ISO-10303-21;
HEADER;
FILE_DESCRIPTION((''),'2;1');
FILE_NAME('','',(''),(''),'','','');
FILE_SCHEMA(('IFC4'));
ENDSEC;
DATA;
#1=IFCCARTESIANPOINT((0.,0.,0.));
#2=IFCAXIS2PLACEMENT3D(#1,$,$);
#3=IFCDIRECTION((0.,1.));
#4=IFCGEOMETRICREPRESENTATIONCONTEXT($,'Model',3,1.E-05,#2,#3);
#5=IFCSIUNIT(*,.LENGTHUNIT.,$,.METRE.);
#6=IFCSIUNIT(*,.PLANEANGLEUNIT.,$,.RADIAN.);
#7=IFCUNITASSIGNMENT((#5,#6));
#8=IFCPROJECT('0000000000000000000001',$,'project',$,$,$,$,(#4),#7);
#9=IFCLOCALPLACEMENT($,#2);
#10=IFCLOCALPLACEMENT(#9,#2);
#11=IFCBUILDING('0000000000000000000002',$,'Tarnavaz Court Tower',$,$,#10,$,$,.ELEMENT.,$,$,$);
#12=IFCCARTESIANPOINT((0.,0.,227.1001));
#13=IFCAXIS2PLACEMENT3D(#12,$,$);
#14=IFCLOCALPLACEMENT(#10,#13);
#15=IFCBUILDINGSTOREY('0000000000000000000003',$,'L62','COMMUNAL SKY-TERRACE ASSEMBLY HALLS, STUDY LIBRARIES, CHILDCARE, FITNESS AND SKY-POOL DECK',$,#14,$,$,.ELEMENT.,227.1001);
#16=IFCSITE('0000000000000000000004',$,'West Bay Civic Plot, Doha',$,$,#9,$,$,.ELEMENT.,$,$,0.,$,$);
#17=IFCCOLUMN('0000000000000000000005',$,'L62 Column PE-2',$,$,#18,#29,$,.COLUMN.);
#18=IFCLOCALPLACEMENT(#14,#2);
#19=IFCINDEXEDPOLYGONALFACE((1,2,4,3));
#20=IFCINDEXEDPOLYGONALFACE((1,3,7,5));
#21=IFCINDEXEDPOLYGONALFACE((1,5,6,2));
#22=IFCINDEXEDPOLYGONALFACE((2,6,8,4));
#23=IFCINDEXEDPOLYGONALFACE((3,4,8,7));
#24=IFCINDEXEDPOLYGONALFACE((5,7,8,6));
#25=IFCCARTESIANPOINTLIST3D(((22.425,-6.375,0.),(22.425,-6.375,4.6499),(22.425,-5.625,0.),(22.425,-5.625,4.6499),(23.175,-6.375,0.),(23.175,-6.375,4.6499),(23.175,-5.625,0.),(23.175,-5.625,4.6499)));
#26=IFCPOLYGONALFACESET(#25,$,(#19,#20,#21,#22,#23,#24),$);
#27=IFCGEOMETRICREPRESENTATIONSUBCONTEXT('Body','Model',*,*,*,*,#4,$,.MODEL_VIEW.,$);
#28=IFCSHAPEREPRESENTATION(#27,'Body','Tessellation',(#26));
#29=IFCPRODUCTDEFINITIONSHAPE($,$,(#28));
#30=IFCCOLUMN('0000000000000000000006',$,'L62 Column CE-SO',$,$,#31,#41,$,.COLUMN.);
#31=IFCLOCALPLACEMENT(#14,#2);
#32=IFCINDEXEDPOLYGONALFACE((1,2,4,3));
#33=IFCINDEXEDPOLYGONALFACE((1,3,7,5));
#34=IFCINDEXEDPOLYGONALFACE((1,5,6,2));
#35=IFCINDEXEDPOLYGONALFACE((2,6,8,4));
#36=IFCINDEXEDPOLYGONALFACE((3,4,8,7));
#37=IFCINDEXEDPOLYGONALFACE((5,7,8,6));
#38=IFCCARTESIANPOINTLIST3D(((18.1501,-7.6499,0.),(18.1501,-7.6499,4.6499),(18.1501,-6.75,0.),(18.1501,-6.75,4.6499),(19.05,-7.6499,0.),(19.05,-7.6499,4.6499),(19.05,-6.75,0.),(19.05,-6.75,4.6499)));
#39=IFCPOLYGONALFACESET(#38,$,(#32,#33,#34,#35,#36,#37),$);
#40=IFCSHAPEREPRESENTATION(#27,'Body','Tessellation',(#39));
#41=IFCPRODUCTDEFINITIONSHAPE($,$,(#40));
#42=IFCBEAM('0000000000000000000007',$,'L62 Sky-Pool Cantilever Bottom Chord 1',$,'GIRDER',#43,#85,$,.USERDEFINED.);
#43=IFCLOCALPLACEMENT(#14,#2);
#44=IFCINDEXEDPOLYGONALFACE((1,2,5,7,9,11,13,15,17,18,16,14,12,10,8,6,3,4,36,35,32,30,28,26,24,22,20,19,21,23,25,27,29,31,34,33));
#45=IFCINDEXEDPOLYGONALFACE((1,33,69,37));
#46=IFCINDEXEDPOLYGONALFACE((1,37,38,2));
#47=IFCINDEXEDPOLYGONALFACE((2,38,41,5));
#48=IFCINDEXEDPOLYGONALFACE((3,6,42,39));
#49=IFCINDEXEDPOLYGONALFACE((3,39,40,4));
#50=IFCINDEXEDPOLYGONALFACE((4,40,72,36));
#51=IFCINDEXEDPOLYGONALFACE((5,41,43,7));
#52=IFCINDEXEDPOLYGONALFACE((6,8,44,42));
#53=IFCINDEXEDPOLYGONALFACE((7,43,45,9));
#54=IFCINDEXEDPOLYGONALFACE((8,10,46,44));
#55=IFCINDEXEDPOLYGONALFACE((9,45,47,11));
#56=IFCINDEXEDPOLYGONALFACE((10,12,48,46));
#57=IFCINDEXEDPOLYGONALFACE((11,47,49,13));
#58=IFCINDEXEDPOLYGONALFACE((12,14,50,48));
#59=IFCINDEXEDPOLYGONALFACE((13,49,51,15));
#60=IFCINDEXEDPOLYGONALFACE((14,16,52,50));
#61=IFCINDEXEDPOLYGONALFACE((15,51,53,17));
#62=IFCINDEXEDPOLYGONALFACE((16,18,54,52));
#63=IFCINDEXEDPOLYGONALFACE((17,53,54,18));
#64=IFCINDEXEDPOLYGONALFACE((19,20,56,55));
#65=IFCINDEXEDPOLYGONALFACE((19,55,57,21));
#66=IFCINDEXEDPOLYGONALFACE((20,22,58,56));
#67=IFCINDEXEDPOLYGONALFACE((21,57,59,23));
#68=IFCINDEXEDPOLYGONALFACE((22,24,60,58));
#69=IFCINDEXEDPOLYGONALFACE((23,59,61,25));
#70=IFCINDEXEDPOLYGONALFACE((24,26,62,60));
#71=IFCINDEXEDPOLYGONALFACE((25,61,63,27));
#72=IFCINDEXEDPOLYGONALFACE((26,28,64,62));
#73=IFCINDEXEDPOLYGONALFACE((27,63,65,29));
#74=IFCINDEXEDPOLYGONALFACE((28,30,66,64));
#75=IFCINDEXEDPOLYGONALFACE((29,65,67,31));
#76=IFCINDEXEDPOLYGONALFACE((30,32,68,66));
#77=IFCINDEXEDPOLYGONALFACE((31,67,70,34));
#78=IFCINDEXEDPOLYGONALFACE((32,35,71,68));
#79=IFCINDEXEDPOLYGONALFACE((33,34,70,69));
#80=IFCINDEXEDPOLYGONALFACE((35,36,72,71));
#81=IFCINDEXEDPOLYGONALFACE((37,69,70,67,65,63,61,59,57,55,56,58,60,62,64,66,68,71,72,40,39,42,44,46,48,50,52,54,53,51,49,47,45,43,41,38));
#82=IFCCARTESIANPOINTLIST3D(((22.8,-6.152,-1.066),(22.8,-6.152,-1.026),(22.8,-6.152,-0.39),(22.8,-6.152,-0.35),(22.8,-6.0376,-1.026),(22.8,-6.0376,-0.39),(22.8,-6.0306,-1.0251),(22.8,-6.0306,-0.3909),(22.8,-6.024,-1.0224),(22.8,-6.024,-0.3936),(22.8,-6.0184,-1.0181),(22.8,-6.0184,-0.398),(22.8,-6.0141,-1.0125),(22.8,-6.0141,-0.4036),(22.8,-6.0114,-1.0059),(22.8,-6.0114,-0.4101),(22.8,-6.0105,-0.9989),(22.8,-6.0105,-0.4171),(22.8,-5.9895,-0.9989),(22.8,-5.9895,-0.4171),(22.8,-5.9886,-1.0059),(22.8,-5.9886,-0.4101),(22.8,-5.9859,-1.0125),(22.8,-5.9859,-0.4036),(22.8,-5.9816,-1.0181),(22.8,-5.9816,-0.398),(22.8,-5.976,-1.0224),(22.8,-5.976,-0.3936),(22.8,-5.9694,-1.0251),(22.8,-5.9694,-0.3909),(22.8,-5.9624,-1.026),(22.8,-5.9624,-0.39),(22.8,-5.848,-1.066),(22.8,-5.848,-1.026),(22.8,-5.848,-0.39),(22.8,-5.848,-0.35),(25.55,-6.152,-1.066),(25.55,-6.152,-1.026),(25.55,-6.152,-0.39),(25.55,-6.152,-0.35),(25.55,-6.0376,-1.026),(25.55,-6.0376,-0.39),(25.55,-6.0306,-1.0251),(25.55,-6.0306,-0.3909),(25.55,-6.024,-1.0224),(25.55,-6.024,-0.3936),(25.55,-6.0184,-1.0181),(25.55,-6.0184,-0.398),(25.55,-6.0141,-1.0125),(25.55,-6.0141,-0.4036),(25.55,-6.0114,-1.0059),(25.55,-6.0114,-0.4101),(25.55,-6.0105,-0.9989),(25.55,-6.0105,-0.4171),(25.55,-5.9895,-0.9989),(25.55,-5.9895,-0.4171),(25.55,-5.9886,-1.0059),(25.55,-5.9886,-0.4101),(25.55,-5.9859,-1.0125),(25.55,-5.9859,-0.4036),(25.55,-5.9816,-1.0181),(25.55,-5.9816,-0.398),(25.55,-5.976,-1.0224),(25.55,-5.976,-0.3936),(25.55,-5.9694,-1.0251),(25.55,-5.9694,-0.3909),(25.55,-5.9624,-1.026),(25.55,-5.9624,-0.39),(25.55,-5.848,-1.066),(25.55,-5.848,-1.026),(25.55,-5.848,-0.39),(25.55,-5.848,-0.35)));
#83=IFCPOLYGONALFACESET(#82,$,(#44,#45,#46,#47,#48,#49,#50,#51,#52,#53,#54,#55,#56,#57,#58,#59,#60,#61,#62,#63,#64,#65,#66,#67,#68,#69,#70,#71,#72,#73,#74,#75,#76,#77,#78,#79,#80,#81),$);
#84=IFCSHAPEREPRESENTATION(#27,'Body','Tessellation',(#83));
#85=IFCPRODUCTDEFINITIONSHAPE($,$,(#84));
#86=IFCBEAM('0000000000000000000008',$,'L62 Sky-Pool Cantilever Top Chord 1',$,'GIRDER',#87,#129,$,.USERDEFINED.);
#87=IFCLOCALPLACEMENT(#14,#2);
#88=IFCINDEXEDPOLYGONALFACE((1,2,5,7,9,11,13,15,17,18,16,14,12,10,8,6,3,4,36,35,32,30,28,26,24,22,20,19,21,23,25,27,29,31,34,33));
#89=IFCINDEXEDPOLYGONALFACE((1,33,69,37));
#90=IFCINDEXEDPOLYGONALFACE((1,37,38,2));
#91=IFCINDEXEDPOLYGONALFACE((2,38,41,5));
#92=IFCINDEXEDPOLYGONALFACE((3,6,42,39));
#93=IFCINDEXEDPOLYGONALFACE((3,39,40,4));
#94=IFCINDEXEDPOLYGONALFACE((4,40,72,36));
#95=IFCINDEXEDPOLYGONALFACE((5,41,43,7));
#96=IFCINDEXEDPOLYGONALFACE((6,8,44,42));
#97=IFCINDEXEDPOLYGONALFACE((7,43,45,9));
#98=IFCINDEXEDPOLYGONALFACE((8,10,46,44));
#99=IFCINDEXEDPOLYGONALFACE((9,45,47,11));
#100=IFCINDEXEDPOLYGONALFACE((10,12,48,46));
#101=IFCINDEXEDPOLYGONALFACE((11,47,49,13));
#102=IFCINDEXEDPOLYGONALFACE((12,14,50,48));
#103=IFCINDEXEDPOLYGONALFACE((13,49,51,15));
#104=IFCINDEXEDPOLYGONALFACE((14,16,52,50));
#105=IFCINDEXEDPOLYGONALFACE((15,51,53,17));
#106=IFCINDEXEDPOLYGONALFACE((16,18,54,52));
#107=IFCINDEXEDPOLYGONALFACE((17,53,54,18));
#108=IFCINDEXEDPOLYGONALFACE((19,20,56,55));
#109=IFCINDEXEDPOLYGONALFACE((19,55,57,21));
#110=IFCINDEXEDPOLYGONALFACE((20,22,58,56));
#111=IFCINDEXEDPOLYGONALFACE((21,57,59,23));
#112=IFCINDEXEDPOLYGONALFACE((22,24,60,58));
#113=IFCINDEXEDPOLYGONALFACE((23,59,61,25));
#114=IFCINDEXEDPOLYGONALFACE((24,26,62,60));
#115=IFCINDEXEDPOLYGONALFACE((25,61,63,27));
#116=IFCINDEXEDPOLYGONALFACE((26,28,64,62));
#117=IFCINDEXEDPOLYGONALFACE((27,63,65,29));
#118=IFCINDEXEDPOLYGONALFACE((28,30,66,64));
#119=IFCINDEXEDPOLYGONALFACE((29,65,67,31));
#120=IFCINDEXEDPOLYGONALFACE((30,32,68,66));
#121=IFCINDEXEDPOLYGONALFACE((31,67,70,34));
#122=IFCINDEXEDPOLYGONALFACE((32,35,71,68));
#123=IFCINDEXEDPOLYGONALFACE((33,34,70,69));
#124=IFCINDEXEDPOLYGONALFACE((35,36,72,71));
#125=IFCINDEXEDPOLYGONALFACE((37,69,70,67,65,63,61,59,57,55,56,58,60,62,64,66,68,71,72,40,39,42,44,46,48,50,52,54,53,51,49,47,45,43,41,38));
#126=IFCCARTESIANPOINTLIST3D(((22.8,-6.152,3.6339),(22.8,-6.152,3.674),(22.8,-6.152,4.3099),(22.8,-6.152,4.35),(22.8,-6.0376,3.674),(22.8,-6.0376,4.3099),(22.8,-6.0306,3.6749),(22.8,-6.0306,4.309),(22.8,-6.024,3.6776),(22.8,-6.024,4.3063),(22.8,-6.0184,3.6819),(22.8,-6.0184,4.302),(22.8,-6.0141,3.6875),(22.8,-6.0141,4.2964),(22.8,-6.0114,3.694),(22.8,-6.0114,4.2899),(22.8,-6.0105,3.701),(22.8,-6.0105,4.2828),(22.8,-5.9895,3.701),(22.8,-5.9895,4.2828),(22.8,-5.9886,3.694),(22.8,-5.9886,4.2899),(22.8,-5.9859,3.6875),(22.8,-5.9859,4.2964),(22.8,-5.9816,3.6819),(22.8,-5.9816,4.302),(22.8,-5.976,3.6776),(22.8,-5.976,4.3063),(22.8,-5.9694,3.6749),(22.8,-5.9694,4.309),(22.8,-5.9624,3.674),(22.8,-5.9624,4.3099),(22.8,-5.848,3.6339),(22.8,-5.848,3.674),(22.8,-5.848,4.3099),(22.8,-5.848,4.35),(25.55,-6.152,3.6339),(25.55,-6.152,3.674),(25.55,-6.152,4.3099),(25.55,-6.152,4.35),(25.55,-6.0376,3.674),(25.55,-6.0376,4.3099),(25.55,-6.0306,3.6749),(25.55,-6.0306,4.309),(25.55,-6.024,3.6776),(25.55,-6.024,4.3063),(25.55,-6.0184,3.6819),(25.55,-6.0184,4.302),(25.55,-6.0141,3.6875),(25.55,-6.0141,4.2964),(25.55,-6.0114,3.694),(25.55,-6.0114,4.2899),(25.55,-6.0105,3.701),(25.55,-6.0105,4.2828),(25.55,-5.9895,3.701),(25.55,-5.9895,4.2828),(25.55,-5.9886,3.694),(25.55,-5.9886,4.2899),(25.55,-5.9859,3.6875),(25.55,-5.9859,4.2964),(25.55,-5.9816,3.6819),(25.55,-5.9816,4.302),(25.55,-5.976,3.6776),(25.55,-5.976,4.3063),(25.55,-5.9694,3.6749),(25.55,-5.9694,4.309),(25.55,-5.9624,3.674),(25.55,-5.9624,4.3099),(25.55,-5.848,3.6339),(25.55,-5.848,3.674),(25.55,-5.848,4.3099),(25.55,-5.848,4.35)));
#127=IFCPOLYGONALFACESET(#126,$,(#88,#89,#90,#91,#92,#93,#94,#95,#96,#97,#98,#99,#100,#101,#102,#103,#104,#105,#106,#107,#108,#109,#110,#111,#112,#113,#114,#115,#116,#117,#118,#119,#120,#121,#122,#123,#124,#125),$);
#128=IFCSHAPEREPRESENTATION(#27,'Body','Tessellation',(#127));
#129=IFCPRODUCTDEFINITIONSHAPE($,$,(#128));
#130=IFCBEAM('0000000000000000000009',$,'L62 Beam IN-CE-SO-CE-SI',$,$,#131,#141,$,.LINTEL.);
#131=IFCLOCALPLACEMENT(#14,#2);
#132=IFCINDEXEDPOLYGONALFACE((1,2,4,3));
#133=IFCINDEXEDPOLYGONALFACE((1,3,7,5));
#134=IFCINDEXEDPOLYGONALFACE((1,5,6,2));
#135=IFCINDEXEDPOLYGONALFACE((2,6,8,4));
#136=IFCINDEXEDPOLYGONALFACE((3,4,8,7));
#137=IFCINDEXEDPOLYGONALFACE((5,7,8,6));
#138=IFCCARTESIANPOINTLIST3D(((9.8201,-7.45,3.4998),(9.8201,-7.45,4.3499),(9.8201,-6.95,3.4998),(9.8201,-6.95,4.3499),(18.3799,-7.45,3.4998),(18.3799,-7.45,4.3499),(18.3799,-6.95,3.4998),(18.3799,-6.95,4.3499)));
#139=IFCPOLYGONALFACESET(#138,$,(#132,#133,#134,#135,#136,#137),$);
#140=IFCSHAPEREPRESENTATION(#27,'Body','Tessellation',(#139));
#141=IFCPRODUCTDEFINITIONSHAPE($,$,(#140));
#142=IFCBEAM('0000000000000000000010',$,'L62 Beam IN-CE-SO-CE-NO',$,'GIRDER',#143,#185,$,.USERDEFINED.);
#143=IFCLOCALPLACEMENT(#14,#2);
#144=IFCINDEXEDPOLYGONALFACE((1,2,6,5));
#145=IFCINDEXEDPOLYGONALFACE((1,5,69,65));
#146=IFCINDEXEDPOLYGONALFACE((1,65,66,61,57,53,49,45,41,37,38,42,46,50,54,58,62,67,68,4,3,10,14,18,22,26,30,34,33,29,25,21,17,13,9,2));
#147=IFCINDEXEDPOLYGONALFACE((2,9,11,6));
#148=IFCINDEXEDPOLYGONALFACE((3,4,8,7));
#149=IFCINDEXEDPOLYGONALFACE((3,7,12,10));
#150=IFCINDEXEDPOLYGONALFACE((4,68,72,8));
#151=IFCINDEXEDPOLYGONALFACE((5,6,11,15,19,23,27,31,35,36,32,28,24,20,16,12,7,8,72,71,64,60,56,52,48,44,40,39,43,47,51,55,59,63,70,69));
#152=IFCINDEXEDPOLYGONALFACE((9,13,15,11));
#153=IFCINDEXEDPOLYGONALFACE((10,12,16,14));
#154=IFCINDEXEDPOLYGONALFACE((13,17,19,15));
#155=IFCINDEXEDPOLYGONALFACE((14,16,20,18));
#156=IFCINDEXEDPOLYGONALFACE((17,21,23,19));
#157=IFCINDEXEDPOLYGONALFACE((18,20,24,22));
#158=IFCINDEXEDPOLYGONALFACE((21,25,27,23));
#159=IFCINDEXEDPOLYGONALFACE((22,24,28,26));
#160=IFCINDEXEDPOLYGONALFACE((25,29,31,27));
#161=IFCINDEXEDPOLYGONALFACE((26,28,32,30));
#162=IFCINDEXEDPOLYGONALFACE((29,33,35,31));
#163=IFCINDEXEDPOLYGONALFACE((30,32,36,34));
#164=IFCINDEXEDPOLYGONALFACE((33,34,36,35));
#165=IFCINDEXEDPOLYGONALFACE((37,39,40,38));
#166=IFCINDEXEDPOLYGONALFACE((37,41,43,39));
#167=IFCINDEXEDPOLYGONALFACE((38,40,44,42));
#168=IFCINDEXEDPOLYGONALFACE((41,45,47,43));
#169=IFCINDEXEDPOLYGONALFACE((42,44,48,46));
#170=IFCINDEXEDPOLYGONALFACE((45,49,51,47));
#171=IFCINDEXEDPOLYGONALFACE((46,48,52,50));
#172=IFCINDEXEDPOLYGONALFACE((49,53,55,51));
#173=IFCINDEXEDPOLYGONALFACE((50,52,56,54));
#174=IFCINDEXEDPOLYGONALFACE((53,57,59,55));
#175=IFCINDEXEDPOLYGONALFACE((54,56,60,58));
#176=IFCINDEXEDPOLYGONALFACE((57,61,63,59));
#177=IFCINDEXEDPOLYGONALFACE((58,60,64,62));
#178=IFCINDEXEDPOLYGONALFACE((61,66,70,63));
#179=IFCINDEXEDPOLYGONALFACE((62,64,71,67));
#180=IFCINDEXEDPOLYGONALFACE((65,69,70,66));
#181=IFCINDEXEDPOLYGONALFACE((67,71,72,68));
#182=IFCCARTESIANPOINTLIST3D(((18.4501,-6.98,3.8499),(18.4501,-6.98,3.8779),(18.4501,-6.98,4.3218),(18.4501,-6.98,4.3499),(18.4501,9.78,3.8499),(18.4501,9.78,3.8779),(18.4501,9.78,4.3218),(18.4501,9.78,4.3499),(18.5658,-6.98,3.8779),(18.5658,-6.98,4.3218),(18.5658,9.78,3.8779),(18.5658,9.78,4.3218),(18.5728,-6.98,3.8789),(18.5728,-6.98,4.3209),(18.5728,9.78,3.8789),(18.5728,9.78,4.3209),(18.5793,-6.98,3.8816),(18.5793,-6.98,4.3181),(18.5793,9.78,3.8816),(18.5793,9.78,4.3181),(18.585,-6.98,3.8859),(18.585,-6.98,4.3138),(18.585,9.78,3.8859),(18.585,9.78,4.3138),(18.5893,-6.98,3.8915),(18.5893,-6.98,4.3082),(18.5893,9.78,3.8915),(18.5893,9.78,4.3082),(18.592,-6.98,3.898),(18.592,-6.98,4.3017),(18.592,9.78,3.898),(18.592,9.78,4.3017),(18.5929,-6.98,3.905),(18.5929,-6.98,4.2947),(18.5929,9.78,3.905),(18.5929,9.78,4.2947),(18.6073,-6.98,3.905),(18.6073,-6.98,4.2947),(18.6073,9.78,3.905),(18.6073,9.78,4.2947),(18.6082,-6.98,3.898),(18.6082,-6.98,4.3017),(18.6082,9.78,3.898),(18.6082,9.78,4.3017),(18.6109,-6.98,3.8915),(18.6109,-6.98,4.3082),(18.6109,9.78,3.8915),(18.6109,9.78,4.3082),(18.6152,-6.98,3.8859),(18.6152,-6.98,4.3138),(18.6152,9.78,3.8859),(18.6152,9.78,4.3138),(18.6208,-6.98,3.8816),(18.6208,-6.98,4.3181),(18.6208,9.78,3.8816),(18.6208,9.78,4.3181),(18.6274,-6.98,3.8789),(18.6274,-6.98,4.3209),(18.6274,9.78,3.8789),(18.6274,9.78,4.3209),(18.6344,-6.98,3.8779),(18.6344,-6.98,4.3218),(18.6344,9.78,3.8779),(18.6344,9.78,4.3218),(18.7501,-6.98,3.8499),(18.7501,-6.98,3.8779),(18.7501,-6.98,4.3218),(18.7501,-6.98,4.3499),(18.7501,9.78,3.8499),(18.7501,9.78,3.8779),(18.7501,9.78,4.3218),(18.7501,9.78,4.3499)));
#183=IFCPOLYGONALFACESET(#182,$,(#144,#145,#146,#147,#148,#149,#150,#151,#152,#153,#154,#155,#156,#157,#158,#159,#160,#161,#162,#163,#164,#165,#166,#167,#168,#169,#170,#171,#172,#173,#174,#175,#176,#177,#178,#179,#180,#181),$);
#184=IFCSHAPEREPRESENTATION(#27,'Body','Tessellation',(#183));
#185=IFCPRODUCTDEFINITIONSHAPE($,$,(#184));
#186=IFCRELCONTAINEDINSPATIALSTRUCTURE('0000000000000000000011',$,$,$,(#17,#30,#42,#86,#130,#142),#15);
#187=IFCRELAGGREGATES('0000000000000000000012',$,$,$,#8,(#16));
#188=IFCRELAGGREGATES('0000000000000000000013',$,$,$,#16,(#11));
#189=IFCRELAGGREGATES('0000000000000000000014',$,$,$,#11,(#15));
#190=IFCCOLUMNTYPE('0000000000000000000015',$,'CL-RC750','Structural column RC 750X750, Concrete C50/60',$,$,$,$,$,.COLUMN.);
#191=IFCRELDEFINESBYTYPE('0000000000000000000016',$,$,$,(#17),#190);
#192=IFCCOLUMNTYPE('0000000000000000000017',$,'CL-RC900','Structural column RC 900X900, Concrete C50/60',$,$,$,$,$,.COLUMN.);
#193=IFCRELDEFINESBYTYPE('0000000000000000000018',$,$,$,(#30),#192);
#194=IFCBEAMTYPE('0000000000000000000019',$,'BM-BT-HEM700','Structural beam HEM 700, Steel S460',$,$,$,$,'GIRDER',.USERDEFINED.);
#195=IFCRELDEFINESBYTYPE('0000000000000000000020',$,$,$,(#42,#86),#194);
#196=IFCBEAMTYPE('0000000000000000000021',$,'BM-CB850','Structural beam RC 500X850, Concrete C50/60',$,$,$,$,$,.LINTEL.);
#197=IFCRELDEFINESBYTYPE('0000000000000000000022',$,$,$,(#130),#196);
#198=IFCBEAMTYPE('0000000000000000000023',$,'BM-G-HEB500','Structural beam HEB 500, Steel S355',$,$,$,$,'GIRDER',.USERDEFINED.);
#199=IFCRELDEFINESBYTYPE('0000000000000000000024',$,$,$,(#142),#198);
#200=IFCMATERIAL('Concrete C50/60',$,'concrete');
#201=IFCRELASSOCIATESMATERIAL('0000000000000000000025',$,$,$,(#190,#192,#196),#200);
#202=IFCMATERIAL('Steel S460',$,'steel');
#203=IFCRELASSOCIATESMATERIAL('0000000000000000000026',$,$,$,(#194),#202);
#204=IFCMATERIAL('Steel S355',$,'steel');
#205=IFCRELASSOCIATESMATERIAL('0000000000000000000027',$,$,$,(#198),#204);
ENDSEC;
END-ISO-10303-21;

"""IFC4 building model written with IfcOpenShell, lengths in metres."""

from ifc_helpers import new_model, si_unit, direction, frame, origin, origin_2d, place, context, subcontext, project, spatial, rectangle, i_section, extrude, material, material_profile, profile_set, type_object, element, save


model = new_model("IFC4")

# Units and contexts
model_context = context("Model", 3, precision=1e-05, world=origin(), true_north=direction((0.0, 1.0)))
body_context = subcontext(model_context, "Body", "Model", "MODEL_VIEW")
ifc_project = project(units=[si_unit("LENGTHUNIT", "METRE"), si_unit("PLANEANGLEUNIT", "RADIAN")], contexts=[model_context])

# Site, building, storey
site_placement = place(None, origin())
site = spatial("IfcSite", under=ifc_project, at=site_placement, Name="West Bay Civic Plot, Doha", CompositionType="ELEMENT", RefElevation=0.0)
building_placement = place(site_placement, origin())
building = spatial("IfcBuilding", under=site, at=building_placement, Name="Tarnavaz Court Tower", CompositionType="ELEMENT")
storey_placement = place(building_placement, frame((0.0, 0.0, 227.1001)))
storey = spatial("IfcBuildingStorey", under=building, at=storey_placement, Name="L62", Description="COMMUNAL SKY-TERRACE ASSEMBLY HALLS, STUDY LIBRARIES, CHILDCARE, FITNESS AND SKY-POOL DECK", CompositionType="ELEMENT", Elevation=227.1001)

# Columns
ifc_material_1 = material(Name="Concrete C50/60", Category="concrete")
ifc_material_profile_1 = material_profile(ifc_material_1, rectangle(XDim=0.75, YDim=0.75, at=origin_2d()), Name="RC 750X750")
ifc_profile_set_1 = profile_set([ifc_material_profile_1], Name="Concrete C50/60")
column_type_1 = type_object("IfcColumnType", Name="CL-RC750", Description="Structural column RC 750X750, Concrete C50/60", PredefinedType="COLUMN", material=ifc_profile_set_1)
column_1_placement = place(storey_placement, frame((22.8, -6.0, 0.0), z_axis=(0.0, 0.0, 1.0), x_axis=(1.0, 0.0, 0.0)))
element("IfcColumn", 1, at=column_1_placement, inside=storey, type_object=column_type_1, Name="L62 Column PE-2", PredefinedType="COLUMN", context=body_context, shape_type="SweptSolid", body=[
    extrude(rectangle(XDim=0.75, YDim=0.75, at=origin_2d()), origin(), (0.0, 0.0, 1.0), 4.6499),
])
ifc_material_profile_2 = material_profile(ifc_material_1, rectangle(XDim=0.8999, YDim=0.8999, at=origin_2d()), Name="RC 900X900")
ifc_profile_set_2 = profile_set([ifc_material_profile_2], Name="Concrete C50/60")
column_type_2 = type_object("IfcColumnType", Name="CL-RC900", Description="Structural column RC 900X900, Concrete C50/60", PredefinedType="COLUMN", material=ifc_profile_set_2)
column_2_placement = place(storey_placement, frame((18.6001, -7.2, 0.0), z_axis=(0.0, 0.0, 1.0), x_axis=(1.0, 0.0, 0.0)))
element("IfcColumn", 2, at=column_2_placement, inside=storey, type_object=column_type_2, Name="L62 Column CE-SO", PredefinedType="COLUMN", context=body_context, shape_type="SweptSolid", body=[
    extrude(rectangle(XDim=0.8999, YDim=0.8999, at=origin_2d()), origin(), (0.0, 0.0, 1.0), 4.6499),
])

# Beams
ifc_material_2 = material(Name="Steel S460", Category="steel")
ifc_material_profile_3 = material_profile(ifc_material_2, i_section(OverallWidth=0.304, OverallDepth=0.7161, WebThickness=0.021, FlangeThickness=0.04, FilletRadius=0.0271, at=origin_2d()), Name="HEM 700")
ifc_profile_set_3 = profile_set([ifc_material_profile_3], Name="Steel S460")
beam_type_1 = type_object("IfcBeamType", Name="BM-BT-HEM700", Description="Structural beam HEM 700, Steel S460", ElementType="GIRDER", PredefinedType="USERDEFINED", material=ifc_profile_set_3)
for number, where, z_axis, x_axis, name in (
    (3, (22.8, -6.0, -0.708), (1.0, 0.0, 0.0), (0.0, 1.0, 0.0), "L62 Sky-Pool Cantilever Bottom Chord 1"),
    (4, (22.8, -6.0, 3.9919), (1.0, 0.0, 0.0), (0.0, 1.0, 0.0), "L62 Sky-Pool Cantilever Top Chord 1"),
):
    element("IfcBeam", number, at=place(storey_placement, frame(where, z_axis=z_axis, x_axis=x_axis)), inside=storey, type_object=beam_type_1, Name=name, ObjectType="GIRDER", PredefinedType="USERDEFINED", context=body_context, shape_type="SweptSolid", body=[
        extrude(i_section(OverallWidth=0.304, OverallDepth=0.7161, WebThickness=0.021, FlangeThickness=0.04, FilletRadius=0.0271, at=origin_2d()), origin(), (0.0, 0.0, 1.0), 2.75),
    ])
ifc_material_profile_4 = material_profile(ifc_material_1, rectangle(XDim=0.5, YDim=0.8501, at=origin_2d()), Name="RC 500X850")
ifc_profile_set_4 = profile_set([ifc_material_profile_4], Name="Concrete C50/60")
beam_type_2 = type_object("IfcBeamType", Name="BM-CB850", Description="Structural beam RC 500X850, Concrete C50/60", PredefinedType="LINTEL", material=ifc_profile_set_4)
beam_1_placement = place(storey_placement, frame((18.3799, -7.2, 3.9248), z_axis=(-1.0, 0.0, 0.0), x_axis=(0.0, -1.0, 0.0)))
element("IfcBeam", 5, at=beam_1_placement, inside=storey, type_object=beam_type_2, Name="L62 Beam IN-CE-SO-CE-SI", PredefinedType="LINTEL", context=body_context, shape_type="SweptSolid", body=[
    extrude(rectangle(XDim=0.5, YDim=0.8501, at=origin_2d()), origin(), (0.0, 0.0, 1.0), 8.5598),
])
ifc_material_3 = material(Name="Steel S355", Category="steel")
ifc_material_profile_5 = material_profile(ifc_material_3, i_section(OverallWidth=0.3, OverallDepth=0.5, WebThickness=0.0144, FlangeThickness=0.0281, FilletRadius=0.0271, at=origin_2d()), Name="HEB 500")
ifc_profile_set_5 = profile_set([ifc_material_profile_5], Name="Steel S355")
beam_type_3 = type_object("IfcBeamType", Name="BM-G-HEB500", Description="Structural beam HEB 500, Steel S355", ElementType="GIRDER", PredefinedType="USERDEFINED", material=ifc_profile_set_5)
beam_2_placement = place(storey_placement, frame((18.6001, -6.98, 4.0999), z_axis=(0.0, 1.0, 0.0), x_axis=(-1.0, 0.0, 0.0)))
element("IfcBeam", 6, at=beam_2_placement, inside=storey, type_object=beam_type_3, Name="L62 Beam IN-CE-SO-CE-NO", ObjectType="GIRDER", PredefinedType="USERDEFINED", context=body_context, shape_type="SweptSolid", body=[
    extrude(i_section(OverallWidth=0.3, OverallDepth=0.5, WebThickness=0.0144, FlangeThickness=0.0281, FilletRadius=0.0271, at=origin_2d()), origin(), (0.0, 0.0, 1.0), 16.76),
])

save(model, "model.ifc")
